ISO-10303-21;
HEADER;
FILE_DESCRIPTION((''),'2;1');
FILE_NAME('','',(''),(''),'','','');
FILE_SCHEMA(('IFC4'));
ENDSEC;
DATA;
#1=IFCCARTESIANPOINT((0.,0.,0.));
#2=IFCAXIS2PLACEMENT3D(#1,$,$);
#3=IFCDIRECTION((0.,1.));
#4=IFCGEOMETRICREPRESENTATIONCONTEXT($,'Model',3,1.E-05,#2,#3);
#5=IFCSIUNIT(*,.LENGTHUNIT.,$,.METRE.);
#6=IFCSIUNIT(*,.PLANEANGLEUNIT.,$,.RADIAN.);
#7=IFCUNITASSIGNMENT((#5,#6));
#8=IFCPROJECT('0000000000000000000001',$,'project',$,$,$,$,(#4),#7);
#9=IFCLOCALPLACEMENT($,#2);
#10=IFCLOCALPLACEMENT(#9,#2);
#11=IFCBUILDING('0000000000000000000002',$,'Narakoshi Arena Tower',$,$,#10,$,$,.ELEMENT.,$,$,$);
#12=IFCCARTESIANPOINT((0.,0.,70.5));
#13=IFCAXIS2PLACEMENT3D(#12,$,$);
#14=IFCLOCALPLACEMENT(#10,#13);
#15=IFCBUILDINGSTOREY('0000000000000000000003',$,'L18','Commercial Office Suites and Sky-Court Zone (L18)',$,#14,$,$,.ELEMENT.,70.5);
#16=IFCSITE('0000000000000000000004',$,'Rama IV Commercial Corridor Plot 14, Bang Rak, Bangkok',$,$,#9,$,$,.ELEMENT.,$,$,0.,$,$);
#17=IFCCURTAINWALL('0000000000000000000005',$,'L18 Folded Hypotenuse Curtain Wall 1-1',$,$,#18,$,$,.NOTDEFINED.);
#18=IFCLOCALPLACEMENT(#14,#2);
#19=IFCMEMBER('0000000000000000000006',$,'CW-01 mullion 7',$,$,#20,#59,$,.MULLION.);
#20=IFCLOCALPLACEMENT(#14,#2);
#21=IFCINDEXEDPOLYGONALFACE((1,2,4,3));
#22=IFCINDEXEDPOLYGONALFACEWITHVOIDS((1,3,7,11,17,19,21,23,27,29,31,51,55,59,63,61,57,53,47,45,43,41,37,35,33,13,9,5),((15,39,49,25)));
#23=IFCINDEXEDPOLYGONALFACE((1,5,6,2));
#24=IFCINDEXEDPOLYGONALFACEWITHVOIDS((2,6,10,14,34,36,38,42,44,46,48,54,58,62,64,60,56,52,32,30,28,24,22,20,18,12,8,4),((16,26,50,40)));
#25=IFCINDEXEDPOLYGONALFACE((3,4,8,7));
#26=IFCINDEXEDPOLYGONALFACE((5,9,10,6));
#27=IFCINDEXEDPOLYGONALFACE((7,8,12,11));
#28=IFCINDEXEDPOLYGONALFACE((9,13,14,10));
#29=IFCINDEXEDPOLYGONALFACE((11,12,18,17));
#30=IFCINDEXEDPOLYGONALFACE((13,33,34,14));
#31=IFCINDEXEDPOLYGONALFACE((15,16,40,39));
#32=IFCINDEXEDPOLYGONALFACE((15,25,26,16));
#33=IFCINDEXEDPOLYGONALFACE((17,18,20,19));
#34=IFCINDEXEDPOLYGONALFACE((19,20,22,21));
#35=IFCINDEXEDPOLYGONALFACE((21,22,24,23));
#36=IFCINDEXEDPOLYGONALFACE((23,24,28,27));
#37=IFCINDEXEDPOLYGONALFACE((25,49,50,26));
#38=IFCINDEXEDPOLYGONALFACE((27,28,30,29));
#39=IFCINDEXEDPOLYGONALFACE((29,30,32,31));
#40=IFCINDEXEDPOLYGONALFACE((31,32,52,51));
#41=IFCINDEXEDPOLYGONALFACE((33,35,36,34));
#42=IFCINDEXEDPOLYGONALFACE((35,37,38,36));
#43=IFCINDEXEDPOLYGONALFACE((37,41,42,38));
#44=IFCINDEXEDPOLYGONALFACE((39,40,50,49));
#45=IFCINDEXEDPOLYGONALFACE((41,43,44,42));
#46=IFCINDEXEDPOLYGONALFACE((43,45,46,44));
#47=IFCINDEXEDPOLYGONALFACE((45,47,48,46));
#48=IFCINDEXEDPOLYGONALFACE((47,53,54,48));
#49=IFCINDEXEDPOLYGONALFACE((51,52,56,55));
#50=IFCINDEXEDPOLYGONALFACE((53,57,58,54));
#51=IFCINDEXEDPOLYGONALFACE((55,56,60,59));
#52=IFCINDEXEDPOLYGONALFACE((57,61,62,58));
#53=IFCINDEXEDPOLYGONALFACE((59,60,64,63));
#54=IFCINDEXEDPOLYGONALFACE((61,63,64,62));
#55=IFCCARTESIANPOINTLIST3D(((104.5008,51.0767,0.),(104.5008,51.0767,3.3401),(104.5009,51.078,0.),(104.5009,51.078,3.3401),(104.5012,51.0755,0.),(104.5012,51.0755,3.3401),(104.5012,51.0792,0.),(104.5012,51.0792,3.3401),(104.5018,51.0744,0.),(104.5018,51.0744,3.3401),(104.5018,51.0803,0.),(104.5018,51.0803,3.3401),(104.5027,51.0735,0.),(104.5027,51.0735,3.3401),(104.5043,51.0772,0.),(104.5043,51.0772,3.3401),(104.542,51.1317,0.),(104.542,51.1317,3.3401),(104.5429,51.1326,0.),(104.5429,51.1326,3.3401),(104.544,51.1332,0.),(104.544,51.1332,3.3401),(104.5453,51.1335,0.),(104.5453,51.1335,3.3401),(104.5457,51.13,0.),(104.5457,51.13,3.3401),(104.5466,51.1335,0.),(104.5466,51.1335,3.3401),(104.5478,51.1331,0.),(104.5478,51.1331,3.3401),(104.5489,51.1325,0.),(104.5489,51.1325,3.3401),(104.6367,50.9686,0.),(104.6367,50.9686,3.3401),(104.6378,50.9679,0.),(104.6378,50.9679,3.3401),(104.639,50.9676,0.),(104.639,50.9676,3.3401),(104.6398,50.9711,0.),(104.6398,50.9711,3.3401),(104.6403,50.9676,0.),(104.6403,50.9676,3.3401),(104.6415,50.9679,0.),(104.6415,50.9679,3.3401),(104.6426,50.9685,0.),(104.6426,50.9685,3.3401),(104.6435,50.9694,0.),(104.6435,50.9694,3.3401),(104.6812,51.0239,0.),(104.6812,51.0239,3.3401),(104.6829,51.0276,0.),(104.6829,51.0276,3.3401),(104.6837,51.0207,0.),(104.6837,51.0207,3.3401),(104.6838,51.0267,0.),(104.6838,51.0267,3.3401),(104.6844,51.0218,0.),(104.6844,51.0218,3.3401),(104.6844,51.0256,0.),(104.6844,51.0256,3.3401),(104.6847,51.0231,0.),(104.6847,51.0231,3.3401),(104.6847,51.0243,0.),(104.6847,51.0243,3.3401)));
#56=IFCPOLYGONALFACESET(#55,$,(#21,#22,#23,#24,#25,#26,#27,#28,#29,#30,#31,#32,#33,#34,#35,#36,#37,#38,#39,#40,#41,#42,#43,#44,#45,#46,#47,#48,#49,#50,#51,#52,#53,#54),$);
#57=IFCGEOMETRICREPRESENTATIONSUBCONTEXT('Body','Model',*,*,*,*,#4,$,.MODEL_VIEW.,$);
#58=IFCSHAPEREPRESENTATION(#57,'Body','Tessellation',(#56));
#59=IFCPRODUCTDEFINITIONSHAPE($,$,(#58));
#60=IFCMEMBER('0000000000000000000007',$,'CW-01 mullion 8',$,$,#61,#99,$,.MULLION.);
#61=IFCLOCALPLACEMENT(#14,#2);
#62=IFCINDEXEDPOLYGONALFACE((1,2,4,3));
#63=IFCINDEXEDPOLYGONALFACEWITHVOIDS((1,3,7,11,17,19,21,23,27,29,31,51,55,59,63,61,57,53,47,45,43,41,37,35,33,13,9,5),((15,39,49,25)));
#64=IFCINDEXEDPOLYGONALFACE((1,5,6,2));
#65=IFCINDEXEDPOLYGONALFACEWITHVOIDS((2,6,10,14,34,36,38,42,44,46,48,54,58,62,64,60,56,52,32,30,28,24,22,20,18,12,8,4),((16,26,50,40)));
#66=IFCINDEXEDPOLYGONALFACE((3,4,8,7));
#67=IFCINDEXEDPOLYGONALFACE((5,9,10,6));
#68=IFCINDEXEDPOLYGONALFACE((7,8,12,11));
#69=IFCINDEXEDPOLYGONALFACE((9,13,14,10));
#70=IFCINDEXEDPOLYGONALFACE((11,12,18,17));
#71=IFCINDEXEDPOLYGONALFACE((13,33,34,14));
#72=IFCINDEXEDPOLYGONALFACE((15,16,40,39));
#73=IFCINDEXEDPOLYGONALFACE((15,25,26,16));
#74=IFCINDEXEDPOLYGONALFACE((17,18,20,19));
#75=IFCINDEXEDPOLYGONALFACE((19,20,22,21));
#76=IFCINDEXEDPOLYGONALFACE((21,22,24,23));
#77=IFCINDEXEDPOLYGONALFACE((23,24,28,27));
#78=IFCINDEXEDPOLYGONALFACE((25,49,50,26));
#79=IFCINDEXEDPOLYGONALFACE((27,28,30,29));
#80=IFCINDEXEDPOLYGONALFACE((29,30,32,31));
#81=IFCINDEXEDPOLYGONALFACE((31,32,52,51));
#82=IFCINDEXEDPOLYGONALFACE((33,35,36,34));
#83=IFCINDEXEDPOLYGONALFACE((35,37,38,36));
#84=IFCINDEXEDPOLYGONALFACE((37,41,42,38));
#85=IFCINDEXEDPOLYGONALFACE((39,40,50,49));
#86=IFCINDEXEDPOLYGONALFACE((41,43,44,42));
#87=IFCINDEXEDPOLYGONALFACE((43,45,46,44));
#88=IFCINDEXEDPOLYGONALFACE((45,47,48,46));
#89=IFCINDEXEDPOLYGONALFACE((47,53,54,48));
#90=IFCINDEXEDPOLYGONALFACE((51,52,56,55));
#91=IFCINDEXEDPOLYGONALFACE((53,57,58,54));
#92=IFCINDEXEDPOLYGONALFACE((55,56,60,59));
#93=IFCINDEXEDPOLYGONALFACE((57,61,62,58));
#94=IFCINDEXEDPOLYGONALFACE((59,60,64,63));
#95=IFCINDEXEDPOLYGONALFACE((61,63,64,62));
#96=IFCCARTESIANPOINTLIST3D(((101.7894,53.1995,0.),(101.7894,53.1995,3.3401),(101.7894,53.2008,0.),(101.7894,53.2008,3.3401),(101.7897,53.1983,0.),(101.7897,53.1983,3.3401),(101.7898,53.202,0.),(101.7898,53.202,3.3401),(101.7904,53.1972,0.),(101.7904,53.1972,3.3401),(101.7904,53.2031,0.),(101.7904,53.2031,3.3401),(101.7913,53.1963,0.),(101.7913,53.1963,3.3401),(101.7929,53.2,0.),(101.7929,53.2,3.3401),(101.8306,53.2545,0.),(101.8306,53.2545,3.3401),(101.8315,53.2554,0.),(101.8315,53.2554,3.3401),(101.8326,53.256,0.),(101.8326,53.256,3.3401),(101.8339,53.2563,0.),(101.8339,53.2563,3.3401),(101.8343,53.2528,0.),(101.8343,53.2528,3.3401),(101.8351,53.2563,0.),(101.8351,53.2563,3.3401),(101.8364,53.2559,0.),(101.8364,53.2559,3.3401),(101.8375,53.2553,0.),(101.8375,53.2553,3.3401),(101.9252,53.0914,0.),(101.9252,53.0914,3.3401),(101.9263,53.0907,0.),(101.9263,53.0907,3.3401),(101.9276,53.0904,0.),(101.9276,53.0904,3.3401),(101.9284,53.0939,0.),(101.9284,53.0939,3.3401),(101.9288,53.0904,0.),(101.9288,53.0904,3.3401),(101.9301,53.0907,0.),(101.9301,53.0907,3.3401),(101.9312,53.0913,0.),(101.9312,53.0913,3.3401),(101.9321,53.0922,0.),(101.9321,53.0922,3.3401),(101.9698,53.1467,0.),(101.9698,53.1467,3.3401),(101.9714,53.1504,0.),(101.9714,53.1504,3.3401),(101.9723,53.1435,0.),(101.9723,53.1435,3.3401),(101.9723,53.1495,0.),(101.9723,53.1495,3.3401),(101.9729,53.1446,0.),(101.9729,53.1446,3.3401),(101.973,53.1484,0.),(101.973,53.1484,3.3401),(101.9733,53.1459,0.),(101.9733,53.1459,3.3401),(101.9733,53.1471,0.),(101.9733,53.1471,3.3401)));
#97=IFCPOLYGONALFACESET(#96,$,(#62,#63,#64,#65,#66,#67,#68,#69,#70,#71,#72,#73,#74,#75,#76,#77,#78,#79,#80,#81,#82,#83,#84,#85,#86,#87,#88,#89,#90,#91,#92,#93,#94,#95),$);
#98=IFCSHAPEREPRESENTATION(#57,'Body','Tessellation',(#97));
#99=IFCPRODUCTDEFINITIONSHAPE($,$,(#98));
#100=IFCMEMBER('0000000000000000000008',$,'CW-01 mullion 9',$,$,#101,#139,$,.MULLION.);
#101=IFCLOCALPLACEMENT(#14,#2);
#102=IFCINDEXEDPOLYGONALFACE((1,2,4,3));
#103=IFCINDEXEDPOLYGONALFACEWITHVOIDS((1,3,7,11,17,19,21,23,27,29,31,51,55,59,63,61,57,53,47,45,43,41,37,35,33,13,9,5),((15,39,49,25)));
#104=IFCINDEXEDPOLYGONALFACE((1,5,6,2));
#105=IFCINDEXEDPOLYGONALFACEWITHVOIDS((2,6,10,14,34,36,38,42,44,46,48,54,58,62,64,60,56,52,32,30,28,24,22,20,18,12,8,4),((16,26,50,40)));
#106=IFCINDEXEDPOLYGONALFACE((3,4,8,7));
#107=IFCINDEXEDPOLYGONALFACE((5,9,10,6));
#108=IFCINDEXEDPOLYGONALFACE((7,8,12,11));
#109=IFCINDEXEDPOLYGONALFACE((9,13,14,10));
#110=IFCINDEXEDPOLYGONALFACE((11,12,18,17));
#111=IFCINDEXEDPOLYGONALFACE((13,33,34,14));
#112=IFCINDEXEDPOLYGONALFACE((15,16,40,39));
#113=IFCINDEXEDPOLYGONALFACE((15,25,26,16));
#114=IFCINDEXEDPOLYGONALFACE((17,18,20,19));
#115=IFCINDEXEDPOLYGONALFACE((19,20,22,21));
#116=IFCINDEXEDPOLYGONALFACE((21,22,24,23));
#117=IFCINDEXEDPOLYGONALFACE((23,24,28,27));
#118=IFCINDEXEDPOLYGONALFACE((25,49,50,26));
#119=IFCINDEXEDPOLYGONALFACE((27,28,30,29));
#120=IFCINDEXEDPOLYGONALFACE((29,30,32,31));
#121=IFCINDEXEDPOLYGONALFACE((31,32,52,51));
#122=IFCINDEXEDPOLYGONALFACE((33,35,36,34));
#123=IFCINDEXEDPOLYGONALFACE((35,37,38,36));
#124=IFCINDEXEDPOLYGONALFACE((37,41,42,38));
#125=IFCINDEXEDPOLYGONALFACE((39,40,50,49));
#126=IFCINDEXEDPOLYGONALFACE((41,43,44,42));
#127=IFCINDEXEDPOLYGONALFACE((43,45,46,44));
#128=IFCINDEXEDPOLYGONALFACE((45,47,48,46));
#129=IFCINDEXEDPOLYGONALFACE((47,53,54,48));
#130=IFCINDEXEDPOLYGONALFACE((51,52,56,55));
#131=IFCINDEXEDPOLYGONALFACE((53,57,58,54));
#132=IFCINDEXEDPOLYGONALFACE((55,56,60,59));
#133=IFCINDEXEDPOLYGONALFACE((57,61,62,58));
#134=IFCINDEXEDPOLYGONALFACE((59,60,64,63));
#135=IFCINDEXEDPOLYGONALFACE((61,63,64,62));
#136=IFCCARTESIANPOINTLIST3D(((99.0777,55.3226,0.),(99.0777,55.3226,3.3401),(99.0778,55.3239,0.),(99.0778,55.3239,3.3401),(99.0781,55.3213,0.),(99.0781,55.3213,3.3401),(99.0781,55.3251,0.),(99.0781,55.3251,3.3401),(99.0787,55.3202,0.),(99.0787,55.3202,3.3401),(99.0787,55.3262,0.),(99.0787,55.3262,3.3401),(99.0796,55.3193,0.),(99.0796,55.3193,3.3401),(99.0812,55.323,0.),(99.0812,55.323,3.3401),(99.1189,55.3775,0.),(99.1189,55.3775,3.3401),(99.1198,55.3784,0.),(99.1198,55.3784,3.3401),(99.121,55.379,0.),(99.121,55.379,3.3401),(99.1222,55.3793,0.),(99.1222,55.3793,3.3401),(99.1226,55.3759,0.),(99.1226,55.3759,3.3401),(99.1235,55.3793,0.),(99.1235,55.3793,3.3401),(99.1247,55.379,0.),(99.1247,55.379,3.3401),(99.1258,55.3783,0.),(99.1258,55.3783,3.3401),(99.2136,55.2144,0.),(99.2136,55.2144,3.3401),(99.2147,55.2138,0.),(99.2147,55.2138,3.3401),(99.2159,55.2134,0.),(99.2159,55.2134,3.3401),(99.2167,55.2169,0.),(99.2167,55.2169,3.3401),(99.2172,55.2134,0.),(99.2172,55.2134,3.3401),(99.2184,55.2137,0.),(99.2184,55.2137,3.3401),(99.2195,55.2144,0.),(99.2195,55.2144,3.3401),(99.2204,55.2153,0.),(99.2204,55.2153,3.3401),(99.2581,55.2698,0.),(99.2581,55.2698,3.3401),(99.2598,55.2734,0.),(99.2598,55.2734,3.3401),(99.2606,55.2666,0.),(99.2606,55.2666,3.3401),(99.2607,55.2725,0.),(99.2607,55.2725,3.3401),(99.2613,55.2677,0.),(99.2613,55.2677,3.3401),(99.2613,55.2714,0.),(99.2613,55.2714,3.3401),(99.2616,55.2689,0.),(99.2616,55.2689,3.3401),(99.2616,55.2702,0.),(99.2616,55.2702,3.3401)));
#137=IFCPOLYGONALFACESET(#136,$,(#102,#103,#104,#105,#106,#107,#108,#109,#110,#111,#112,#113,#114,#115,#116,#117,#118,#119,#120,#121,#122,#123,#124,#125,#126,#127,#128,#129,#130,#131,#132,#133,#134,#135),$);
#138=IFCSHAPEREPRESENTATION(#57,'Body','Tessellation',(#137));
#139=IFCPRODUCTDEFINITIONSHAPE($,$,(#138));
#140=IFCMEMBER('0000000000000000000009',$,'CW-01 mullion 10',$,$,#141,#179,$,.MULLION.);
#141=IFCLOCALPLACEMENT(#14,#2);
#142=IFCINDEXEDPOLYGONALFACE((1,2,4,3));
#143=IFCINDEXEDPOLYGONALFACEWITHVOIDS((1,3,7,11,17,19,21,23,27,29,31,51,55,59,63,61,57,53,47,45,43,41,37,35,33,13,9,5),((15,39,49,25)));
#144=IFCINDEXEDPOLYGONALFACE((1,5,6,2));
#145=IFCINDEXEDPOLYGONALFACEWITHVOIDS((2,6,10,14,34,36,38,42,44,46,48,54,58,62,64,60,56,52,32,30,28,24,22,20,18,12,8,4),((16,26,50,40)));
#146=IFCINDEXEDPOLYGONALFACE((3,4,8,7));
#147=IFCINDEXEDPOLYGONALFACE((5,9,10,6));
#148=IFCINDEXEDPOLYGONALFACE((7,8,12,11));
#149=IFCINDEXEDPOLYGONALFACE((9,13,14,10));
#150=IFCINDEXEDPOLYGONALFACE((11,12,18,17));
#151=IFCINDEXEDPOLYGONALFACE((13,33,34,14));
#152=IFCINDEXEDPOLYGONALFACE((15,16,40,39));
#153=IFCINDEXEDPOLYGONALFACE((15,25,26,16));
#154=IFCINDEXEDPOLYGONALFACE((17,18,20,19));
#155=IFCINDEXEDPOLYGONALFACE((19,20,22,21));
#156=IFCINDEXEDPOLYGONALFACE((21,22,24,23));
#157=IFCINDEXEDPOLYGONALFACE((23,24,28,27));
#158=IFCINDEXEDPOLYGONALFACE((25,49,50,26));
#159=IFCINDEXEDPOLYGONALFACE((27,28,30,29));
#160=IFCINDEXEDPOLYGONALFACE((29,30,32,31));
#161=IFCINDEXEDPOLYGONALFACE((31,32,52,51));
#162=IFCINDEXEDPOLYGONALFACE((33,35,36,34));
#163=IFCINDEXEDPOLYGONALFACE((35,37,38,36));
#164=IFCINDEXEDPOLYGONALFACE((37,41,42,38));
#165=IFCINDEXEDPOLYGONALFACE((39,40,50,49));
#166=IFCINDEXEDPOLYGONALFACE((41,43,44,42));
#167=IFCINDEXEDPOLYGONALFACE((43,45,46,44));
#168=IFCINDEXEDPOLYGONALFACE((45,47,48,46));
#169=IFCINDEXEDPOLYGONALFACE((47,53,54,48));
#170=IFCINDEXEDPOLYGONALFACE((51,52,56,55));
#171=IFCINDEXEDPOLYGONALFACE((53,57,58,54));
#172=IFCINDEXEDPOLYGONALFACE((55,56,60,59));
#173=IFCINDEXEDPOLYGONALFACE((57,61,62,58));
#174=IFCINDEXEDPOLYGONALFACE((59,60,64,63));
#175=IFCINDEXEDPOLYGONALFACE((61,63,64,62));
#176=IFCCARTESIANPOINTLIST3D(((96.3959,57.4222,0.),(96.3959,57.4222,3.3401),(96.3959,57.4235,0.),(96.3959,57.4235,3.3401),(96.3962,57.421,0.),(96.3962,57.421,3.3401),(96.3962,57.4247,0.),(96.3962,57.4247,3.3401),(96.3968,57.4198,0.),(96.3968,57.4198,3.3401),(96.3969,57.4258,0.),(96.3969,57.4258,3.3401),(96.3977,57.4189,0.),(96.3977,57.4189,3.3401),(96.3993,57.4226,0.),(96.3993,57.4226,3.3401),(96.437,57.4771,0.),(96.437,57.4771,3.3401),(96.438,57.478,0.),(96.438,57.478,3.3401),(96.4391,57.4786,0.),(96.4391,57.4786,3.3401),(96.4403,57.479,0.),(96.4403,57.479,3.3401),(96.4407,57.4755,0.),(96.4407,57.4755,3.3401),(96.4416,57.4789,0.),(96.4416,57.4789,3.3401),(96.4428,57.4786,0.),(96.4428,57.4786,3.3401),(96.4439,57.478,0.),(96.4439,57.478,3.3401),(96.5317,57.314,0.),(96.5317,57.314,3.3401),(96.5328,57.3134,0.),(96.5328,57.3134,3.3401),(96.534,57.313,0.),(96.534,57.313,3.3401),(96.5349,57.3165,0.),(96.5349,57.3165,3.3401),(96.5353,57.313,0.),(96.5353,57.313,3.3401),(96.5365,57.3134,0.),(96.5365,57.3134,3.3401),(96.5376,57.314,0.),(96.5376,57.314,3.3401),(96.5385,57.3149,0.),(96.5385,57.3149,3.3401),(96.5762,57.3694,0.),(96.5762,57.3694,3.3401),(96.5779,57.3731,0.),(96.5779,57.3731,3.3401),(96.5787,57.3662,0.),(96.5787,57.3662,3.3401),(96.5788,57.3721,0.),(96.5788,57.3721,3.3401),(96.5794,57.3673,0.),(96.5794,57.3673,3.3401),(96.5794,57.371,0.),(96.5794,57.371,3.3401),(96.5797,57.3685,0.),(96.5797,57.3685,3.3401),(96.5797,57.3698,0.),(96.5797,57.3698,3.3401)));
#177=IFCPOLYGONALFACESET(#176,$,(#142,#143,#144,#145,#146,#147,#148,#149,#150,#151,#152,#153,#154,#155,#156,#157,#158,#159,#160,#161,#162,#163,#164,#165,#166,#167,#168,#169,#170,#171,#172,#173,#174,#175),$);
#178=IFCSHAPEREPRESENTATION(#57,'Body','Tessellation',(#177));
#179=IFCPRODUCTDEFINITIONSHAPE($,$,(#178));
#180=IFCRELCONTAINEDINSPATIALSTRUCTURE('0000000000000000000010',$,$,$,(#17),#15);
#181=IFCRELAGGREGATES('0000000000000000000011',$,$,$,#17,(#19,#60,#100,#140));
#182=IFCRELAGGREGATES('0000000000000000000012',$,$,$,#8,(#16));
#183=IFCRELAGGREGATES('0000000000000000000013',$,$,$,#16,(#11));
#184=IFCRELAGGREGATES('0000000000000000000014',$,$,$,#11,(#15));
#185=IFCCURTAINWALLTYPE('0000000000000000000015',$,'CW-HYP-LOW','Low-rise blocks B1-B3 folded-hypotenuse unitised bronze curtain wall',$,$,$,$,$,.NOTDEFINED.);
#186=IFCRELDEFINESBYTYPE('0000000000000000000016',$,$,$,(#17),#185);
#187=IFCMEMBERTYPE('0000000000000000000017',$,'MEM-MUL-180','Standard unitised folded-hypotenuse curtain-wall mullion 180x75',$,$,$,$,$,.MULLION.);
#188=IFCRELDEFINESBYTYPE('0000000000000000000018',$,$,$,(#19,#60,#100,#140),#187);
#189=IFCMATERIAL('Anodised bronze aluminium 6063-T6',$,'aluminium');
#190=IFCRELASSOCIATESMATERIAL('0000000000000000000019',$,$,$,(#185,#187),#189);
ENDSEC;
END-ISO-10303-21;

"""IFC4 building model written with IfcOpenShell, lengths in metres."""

from ifc_helpers import new_model, si_unit, direction, frame, origin, origin_2d, place, context, subcontext, project, spatial, hollow_rectangle, extrude, material, material_profile, profile_set, type_object, element, aggregate, save


model = new_model("IFC4")

# Units and contexts
model_context = context("Model", 3, precision=1e-05, world=origin(), true_north=direction((0.0, 1.0)))
body_context = subcontext(model_context, "Body", "Model", "MODEL_VIEW")
ifc_project = project(units=[si_unit("LENGTHUNIT", "METRE"), si_unit("PLANEANGLEUNIT", "RADIAN")], contexts=[model_context])

# Site, building, storey
site_placement = place(None, origin())
site = spatial("IfcSite", under=ifc_project, at=site_placement, Name="Rama IV Commercial Corridor Plot 14, Bang Rak, Bangkok", CompositionType="ELEMENT", RefElevation=0.0)
building_placement = place(site_placement, origin())
building = spatial("IfcBuilding", under=site, at=building_placement, Name="Narakoshi Arena Tower", CompositionType="ELEMENT")
storey_placement = place(building_placement, frame((0.0, 0.0, 70.5)))
storey = spatial("IfcBuildingStorey", under=building, at=storey_placement, Name="L18", Description="Commercial Office Suites and Sky-Court Zone (L18)", CompositionType="ELEMENT", Elevation=70.5)

# Curtain wall, members
ifc_material_1 = material(Name="Anodised bronze aluminium 6063-T6", Category="aluminium")
curtain_wall_type = type_object("IfcCurtainWallType", Name="CW-HYP-LOW", Description="Low-rise blocks B1-B3 folded-hypotenuse unitised bronze curtain wall", PredefinedType="NOTDEFINED", material=ifc_material_1)
curtain_wall_placement = place(storey_placement, origin())
curtain_wall = element("IfcCurtainWall", 1, at=curtain_wall_placement, inside=storey, type_object=curtain_wall_type, Name="L18 Folded Hypotenuse Curtain Wall 1-1", PredefinedType="NOTDEFINED")
ifc_material_profile_1 = material_profile(ifc_material_1, hollow_rectangle(XDim=0.075, YDim=0.1799, WallThickness=0.0039, OuterFilletRadius=0.0049, at=origin_2d()), Name="MUL180x75x4")
ifc_profile_set_1 = profile_set([ifc_material_profile_1], Name="Anodised bronze aluminium 6063-T6")
member_type_1 = type_object("IfcMemberType", Name="MEM-MUL-180", Description="Standard unitised folded-hypotenuse curtain-wall mullion 180x75", PredefinedType="MULLION", material=ifc_profile_set_1)
member_1_placement = place(storey_placement, frame((104.5928, 51.0505, 0.0), z_axis=(0.0, 0.0, 1.0), x_axis=(-0.616458, -0.787388, 0.0)))
member_1 = element("IfcMember", 2, at=member_1_placement, type_object=member_type_1, Name="CW-01 mullion 7", PredefinedType="MULLION", context=body_context, shape_type="SweptSolid", body=[
    extrude(hollow_rectangle(XDim=0.075, YDim=0.1799, WallThickness=0.0039, OuterFilletRadius=0.0049, at=origin_2d()), origin(), (0.0, 0.0, 1.0), 3.3401),
])
member_2_placement = place(storey_placement, frame((101.8813, 53.1733, 0.0), z_axis=(0.0, 0.0, 1.0), x_axis=(-0.616458, -0.787388, 0.0)))
member_2 = element("IfcMember", 3, at=member_2_placement, type_object=member_type_1, Name="CW-01 mullion 8", PredefinedType="MULLION", context=body_context, shape_type="SweptSolid", body=[
    extrude(hollow_rectangle(XDim=0.075, YDim=0.1799, WallThickness=0.0039, OuterFilletRadius=0.0049, at=origin_2d()), origin(), (0.0, 0.0, 1.0), 3.3401),
])
member_3_placement = place(storey_placement, frame((99.1697, 55.2964, 0.0), z_axis=(0.0, 0.0, 1.0), x_axis=(-0.616458, -0.787388, 0.0)))
member_3 = element("IfcMember", 4, at=member_3_placement, type_object=member_type_1, Name="CW-01 mullion 9", PredefinedType="MULLION", context=body_context, shape_type="SweptSolid", body=[
    extrude(hollow_rectangle(XDim=0.075, YDim=0.1799, WallThickness=0.0039, OuterFilletRadius=0.0049, at=origin_2d()), origin(), (0.0, 0.0, 1.0), 3.3401),
])
member_4_placement = place(storey_placement, frame((96.4878, 57.396, 0.0), z_axis=(0.0, 0.0, 1.0), x_axis=(-0.616458, -0.787388, 0.0)))
member_4 = element("IfcMember", 5, at=member_4_placement, type_object=member_type_1, Name="CW-01 mullion 10", PredefinedType="MULLION", context=body_context, shape_type="SweptSolid", body=[
    extrude(hollow_rectangle(XDim=0.075, YDim=0.1799, WallThickness=0.0039, OuterFilletRadius=0.0049, at=origin_2d()), origin(), (0.0, 0.0, 1.0), 3.3401),
])
aggregate(curtain_wall, [member_1, member_2, member_3, member_4])

save(model, "model.ifc")
